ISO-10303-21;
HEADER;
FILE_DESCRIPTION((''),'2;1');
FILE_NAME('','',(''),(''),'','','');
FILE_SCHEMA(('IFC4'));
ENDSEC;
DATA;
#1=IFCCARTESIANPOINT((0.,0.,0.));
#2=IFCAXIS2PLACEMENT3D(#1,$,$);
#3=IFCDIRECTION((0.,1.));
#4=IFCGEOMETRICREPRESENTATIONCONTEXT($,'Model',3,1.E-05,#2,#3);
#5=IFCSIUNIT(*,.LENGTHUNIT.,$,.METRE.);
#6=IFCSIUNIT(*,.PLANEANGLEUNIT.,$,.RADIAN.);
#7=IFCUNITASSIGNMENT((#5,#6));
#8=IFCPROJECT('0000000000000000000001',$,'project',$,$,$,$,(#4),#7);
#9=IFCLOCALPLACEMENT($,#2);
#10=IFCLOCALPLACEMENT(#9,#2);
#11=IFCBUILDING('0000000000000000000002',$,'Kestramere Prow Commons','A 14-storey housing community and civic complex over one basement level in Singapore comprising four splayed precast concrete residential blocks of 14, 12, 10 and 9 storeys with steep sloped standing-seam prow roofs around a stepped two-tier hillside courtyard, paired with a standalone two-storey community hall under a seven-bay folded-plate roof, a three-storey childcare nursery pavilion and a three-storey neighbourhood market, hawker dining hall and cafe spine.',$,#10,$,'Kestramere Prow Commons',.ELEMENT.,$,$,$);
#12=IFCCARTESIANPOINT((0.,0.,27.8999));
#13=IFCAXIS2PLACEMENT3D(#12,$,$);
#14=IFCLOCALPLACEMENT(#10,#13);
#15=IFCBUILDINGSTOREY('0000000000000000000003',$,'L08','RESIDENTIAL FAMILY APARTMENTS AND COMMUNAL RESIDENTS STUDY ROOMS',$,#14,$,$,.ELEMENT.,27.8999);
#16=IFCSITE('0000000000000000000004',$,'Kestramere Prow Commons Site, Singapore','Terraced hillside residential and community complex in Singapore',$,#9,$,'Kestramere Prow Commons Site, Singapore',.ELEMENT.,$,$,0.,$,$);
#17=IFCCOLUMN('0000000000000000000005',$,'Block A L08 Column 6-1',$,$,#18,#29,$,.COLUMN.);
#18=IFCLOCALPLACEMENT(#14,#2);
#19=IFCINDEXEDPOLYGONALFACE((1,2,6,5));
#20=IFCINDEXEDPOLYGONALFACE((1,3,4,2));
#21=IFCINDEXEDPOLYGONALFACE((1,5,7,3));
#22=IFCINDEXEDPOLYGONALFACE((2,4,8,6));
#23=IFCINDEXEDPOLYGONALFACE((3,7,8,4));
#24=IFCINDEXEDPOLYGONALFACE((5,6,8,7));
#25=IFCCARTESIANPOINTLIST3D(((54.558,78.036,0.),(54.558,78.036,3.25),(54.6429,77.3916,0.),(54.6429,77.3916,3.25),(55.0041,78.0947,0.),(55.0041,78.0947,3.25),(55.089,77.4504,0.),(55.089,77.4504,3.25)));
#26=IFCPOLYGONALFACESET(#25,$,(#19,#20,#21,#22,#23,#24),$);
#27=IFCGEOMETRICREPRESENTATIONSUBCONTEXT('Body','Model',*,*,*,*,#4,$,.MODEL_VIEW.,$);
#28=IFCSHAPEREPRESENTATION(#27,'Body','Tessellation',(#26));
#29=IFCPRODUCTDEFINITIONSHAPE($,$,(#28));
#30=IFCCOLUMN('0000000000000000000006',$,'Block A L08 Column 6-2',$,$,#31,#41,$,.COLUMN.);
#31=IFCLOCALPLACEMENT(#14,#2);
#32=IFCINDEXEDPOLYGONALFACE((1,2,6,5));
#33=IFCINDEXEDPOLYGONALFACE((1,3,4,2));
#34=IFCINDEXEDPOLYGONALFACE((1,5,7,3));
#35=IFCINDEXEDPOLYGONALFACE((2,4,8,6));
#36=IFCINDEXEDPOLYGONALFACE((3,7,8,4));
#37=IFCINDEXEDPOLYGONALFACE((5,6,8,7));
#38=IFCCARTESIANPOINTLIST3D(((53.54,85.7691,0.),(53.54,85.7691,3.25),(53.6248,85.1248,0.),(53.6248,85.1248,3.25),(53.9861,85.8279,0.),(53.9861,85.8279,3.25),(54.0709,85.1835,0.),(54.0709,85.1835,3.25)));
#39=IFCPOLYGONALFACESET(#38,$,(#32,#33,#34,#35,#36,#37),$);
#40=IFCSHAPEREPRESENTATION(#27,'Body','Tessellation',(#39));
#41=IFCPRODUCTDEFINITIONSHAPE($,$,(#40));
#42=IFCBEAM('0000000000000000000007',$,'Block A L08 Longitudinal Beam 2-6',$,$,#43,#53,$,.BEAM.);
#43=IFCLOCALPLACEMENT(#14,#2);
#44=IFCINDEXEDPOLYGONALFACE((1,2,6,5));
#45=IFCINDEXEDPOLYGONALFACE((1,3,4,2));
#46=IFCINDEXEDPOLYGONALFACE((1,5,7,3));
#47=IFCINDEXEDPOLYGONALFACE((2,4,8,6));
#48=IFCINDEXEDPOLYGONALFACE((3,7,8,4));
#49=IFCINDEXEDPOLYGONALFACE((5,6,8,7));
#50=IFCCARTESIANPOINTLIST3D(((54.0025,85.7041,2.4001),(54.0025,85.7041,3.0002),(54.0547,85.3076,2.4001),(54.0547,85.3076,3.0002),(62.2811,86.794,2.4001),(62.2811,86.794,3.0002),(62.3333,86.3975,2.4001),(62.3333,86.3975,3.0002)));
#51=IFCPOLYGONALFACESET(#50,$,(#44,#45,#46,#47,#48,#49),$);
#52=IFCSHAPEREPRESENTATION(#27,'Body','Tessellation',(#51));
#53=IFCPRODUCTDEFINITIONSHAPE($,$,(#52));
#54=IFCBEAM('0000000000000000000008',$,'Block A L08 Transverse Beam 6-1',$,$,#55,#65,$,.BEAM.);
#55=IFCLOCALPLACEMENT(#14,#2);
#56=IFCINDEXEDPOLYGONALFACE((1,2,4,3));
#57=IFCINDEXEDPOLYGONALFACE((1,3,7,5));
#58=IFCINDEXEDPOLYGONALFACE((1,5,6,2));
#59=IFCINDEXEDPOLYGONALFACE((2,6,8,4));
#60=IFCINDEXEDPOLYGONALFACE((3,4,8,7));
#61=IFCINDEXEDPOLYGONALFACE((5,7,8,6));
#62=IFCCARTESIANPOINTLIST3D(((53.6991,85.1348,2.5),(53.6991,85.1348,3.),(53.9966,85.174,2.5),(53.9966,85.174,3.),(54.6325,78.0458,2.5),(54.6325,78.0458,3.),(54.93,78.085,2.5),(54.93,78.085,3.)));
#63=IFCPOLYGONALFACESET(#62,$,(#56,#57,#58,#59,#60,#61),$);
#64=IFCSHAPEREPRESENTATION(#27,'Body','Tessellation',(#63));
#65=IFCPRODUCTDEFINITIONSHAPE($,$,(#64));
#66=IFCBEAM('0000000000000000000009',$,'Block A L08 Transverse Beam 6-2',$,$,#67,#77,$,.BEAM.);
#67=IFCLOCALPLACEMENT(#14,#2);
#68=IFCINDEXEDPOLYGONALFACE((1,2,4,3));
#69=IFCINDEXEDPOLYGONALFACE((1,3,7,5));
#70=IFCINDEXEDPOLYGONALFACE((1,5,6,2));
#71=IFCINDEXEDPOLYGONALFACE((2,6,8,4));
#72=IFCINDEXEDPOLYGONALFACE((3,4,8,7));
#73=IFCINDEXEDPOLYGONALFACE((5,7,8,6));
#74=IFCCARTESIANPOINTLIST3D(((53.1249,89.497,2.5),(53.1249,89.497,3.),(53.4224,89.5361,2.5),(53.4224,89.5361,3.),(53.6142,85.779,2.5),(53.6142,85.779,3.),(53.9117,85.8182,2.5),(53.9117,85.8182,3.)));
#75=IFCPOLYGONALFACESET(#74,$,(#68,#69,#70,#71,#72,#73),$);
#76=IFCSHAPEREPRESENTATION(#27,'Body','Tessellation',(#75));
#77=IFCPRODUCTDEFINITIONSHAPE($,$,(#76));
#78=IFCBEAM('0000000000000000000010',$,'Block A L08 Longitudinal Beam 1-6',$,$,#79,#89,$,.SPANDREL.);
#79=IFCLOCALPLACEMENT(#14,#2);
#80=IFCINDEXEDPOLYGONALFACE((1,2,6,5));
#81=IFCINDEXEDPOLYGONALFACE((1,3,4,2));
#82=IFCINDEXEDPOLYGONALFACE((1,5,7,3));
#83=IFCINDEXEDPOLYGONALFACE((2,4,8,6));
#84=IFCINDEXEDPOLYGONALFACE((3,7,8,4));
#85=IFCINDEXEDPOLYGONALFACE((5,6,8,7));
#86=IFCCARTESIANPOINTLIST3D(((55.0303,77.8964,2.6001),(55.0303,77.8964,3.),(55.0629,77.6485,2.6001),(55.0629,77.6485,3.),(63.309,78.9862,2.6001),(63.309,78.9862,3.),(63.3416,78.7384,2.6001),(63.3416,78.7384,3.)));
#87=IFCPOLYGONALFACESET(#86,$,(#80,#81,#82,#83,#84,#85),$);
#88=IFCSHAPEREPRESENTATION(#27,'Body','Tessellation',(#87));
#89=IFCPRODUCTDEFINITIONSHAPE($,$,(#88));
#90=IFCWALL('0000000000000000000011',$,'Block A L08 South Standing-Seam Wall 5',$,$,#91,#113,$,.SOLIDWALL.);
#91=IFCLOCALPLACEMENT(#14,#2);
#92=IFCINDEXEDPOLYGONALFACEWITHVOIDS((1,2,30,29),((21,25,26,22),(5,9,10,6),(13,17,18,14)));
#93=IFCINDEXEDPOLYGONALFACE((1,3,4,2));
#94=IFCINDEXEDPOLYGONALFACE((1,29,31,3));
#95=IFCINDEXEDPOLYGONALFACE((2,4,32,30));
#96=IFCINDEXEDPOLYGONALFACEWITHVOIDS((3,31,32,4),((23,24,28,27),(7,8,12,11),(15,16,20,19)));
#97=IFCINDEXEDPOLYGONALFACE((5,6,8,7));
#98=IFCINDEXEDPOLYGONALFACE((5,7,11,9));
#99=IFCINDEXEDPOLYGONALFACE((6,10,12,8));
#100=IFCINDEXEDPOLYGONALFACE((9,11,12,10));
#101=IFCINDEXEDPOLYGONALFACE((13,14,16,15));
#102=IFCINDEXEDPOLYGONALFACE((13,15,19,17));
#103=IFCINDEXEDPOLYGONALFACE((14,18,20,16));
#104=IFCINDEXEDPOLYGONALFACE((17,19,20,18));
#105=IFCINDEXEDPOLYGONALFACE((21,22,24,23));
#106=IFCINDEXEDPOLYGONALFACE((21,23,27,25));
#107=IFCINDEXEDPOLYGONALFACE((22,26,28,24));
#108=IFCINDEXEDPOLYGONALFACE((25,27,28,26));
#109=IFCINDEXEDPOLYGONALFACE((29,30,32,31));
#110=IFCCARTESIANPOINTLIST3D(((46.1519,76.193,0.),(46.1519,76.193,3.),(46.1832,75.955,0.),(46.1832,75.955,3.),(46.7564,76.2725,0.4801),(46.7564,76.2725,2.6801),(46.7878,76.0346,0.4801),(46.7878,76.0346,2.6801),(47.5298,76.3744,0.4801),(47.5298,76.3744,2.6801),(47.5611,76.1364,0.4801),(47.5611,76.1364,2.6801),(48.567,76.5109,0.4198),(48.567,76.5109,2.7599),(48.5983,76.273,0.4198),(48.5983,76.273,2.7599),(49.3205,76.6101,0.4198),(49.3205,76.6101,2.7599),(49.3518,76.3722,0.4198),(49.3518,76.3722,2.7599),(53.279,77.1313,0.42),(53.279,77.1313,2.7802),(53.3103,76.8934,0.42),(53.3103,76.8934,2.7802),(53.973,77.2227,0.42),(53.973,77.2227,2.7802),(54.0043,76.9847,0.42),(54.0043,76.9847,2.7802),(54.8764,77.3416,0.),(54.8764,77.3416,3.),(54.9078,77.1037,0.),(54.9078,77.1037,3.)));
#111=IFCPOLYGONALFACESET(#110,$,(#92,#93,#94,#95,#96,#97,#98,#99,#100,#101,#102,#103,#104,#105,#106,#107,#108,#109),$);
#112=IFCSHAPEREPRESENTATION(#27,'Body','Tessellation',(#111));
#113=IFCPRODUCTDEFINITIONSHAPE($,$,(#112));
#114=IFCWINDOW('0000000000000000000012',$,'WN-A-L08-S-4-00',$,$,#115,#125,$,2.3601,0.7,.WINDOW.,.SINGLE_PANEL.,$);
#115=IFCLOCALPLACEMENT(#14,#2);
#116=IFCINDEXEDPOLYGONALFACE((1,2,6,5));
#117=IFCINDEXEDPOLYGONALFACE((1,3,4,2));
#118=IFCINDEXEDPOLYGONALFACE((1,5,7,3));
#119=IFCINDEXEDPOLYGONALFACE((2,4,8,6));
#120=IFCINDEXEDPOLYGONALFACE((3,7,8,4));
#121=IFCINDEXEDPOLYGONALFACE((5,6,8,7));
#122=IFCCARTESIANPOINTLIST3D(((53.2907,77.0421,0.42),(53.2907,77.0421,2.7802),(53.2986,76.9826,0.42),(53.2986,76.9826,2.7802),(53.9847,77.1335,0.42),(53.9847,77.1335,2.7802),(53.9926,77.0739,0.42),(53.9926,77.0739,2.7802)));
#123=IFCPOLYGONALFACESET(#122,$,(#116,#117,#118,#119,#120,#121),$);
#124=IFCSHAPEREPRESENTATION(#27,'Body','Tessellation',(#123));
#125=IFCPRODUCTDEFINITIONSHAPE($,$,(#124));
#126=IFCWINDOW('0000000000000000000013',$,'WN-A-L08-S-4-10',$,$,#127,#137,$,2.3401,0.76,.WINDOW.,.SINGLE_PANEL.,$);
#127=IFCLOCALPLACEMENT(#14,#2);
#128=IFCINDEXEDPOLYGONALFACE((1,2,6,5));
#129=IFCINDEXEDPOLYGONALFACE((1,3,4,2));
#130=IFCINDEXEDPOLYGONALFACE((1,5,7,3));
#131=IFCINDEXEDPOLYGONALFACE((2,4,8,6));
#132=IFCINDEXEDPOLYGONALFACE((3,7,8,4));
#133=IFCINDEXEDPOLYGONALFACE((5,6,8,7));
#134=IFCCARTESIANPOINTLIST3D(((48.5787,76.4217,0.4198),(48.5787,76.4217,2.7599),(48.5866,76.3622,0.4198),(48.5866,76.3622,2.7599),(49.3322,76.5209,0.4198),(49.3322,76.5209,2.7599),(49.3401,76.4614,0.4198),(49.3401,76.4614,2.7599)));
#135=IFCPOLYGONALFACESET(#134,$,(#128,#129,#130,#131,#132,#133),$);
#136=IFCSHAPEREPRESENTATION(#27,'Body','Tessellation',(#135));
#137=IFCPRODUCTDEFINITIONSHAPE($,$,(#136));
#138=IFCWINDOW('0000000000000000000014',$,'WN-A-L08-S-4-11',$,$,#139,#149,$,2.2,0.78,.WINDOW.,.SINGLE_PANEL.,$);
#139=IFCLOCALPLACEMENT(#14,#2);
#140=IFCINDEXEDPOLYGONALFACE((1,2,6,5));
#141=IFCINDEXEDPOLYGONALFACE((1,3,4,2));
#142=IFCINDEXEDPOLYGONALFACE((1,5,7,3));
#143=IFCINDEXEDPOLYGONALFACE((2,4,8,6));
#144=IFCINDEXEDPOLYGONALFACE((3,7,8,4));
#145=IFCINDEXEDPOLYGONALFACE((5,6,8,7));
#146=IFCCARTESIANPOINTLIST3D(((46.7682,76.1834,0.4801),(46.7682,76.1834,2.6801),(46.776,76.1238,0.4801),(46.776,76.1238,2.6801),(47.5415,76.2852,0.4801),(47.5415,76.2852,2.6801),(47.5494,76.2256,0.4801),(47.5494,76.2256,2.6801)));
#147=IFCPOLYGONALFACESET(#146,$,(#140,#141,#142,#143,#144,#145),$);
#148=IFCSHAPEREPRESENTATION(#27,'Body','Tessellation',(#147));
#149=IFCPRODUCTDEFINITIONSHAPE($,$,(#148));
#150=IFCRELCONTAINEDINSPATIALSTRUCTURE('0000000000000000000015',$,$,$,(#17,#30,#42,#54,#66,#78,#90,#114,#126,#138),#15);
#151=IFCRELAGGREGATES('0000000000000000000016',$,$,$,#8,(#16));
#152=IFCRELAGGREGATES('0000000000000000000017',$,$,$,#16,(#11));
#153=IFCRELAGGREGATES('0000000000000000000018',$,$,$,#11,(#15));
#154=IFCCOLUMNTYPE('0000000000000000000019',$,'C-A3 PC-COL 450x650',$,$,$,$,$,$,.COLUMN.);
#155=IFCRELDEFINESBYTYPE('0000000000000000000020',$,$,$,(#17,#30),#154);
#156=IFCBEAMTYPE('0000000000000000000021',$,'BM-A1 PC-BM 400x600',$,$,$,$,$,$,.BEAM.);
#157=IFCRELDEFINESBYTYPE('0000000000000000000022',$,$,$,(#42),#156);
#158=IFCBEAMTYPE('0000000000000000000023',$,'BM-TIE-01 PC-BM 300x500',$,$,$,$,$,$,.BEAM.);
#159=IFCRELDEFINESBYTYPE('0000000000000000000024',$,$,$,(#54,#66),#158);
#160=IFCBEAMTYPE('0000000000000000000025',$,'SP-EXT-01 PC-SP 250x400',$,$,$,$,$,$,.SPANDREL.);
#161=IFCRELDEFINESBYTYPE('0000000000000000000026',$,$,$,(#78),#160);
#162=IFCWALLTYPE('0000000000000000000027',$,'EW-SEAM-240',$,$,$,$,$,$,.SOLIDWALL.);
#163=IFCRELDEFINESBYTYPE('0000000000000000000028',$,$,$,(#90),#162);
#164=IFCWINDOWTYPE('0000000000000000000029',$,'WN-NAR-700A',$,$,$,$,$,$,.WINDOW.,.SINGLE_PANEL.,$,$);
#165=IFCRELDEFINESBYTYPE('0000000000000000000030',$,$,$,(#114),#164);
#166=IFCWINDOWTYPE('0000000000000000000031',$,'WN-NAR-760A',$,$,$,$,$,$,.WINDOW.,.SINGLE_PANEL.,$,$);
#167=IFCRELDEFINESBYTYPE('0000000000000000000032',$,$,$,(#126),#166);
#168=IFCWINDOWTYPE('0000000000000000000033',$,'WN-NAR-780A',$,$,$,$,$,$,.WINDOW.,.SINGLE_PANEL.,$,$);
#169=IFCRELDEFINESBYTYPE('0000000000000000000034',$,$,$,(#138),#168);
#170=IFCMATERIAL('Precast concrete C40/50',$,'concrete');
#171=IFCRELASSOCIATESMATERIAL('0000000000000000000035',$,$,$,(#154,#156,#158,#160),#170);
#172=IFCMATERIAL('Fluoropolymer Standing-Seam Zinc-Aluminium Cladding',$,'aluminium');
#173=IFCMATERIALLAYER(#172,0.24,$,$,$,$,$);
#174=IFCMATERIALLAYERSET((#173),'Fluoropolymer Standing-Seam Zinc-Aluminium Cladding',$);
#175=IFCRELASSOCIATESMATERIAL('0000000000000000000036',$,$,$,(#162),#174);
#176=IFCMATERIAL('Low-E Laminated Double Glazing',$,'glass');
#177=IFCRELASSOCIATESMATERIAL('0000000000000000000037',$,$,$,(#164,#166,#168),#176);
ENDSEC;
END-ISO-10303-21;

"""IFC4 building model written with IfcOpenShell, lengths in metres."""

from ifc_helpers import new_model, si_unit, direction, frame, frame_2d, origin, origin_2d, place, context, subcontext, project, spatial, rectangle, extrude, material, layer, layer_set, material_profile, profile_set, type_object, element, fill, save


model = new_model("IFC4")

# Units and contexts
model_context = context("Model", 3, precision=1e-05, world=origin(), true_north=direction((0.0, 1.0)))
body_context = subcontext(model_context, "Body", "Model", "MODEL_VIEW")
ifc_project = project(units=[si_unit("LENGTHUNIT", "METRE"), si_unit("PLANEANGLEUNIT", "RADIAN")], contexts=[model_context])

# Site, building, storey
site_placement = place(None, origin())
site = spatial("IfcSite", under=ifc_project, at=site_placement, Name="Kestramere Prow Commons Site, Singapore", Description="Terraced hillside residential and community complex in Singapore", LongName="Kestramere Prow Commons Site, Singapore", CompositionType="ELEMENT", RefElevation=0.0)
building_placement = place(site_placement, origin())
building = spatial("IfcBuilding", under=site, at=building_placement, Name="Kestramere Prow Commons", Description="A 14-storey housing community and civic complex over one basement level in Singapore comprising four splayed precast concrete residential blocks of 14, 12, 10 and 9 storeys with steep sloped standing-seam prow roofs around a stepped two-tier hillside courtyard, paired with a standalone two-storey community hall under a seven-bay folded-plate roof, a three-storey childcare nursery pavilion and a three-storey neighbourhood market, hawker dining hall and cafe spine.", LongName="Kestramere Prow Commons", CompositionType="ELEMENT")
storey_placement = place(building_placement, frame((0.0, 0.0, 27.8999)))
storey = spatial("IfcBuildingStorey", under=building, at=storey_placement, Name="L08", Description="RESIDENTIAL FAMILY APARTMENTS AND COMMUNAL RESIDENTS STUDY ROOMS", CompositionType="ELEMENT", Elevation=27.8999)

# Columns
ifc_material_1 = material(Name="Precast concrete C40/50", Category="concrete")
ifc_material_profile_1 = material_profile(ifc_material_1, rectangle(XDim=0.45, YDim=0.6499, at=origin_2d()), Name="PC-COL 450x650")
ifc_profile_set_1 = profile_set([ifc_material_profile_1], Name="Precast concrete C40/50")
column_type = type_object("IfcColumnType", Name="C-A3 PC-COL 450x650", PredefinedType="COLUMN", material=ifc_profile_set_1)
for number, where, z_axis, x_axis, name in (
    (1, (54.8235, 77.7432, 0.0), (0.0, 0.0, 1.0), (0.991445, 0.130526, 0.0), "Block A L08 Column 6-1"),
    (2, (53.8054, 85.4763, 0.0), (0.0, 0.0, 1.0), (0.991445, 0.130526, 0.0), "Block A L08 Column 6-2"),
):
    element("IfcColumn", number, at=place(storey_placement, frame(where, z_axis=z_axis, x_axis=x_axis)), inside=storey, type_object=column_type, Name=name, PredefinedType="COLUMN", context=body_context, shape_type="SweptSolid", body=[
        extrude(rectangle(XDim=0.45, YDim=0.6499, at=origin_2d()), origin(), (0.0, 0.0, 1.0), 3.25),
    ])

# Beams
ifc_material_profile_2 = material_profile(ifc_material_1, rectangle(XDim=0.3999, YDim=0.6001, at=origin_2d()), Name="PC-BM 400x600")
ifc_profile_set_2 = profile_set([ifc_material_profile_2], Name="Precast concrete C40/50")
beam_type_1 = type_object("IfcBeamType", Name="BM-A1 PC-BM 400x600", PredefinedType="BEAM", material=ifc_profile_set_2)
beam_1_placement = place(storey_placement, frame((54.0286, 85.5059, 2.7002), z_axis=(0.991446, 0.13052, 0.0), x_axis=(-0.13052, 0.991446, 0.0)))
element("IfcBeam", 3, at=beam_1_placement, inside=storey, type_object=beam_type_1, Name="Block A L08 Longitudinal Beam 2-6", PredefinedType="BEAM", context=body_context, shape_type="SweptSolid", body=[
    extrude(rectangle(XDim=0.3999, YDim=0.6001, at=origin_2d()), origin(), (0.0, 0.0, 1.0), 8.3501),
])
ifc_material_profile_3 = material_profile(ifc_material_1, rectangle(XDim=0.3, YDim=0.5, at=origin_2d()), Name="PC-BM 300x500")
ifc_profile_set_3 = profile_set([ifc_material_profile_3], Name="Precast concrete C40/50")
beam_type_2 = type_object("IfcBeamType", Name="BM-TIE-01 PC-BM 300x500", PredefinedType="BEAM", material=ifc_profile_set_3)
beam_2_placement = place(storey_placement, frame((54.7812, 78.0654, 2.75), z_axis=(-0.130538, 0.991443, 0.0), x_axis=(-0.991443, -0.130538, 0.0)))
element("IfcBeam", 4, at=beam_2_placement, inside=storey, type_object=beam_type_2, Name="Block A L08 Transverse Beam 6-1", PredefinedType="BEAM", context=body_context, shape_type="SweptSolid", body=[
    extrude(rectangle(XDim=0.3, YDim=0.5, at=origin_2d()), origin(), (0.0, 0.0, 1.0), 7.1501),
])
beam_3_placement = place(storey_placement, frame((53.7629, 85.7986, 2.75), z_axis=(-0.130466, 0.991453, 0.0), x_axis=(-0.991453, -0.130466, 0.0)))
element("IfcBeam", 5, at=beam_3_placement, inside=storey, type_object=beam_type_2, Name="Block A L08 Transverse Beam 6-2", PredefinedType="BEAM", context=body_context, shape_type="SweptSolid", body=[
    extrude(rectangle(XDim=0.3, YDim=0.5, at=origin_2d()), origin(), (0.0, 0.0, 1.0), 3.75),
])
ifc_material_profile_4 = material_profile(ifc_material_1, rectangle(XDim=0.25, YDim=0.3999, at=origin_2d()), Name="PC-SP 250x400")
ifc_profile_set_4 = profile_set([ifc_material_profile_4], Name="Precast concrete C40/50")
beam_type_3 = type_object("IfcBeamType", Name="SP-EXT-01 PC-SP 250x400", PredefinedType="SPANDREL", material=ifc_profile_set_4)
beam_4_placement = place(storey_placement, frame((55.0466, 77.7725, 2.8), z_axis=(0.991446, 0.13052, 0.0), x_axis=(-0.13052, 0.991446, 0.0)))
element("IfcBeam", 6, at=beam_4_placement, inside=storey, type_object=beam_type_3, Name="Block A L08 Longitudinal Beam 1-6", PredefinedType="SPANDREL", context=body_context, shape_type="SweptSolid", body=[
    extrude(rectangle(XDim=0.25, YDim=0.3999, at=origin_2d()), origin(), (0.0, 0.0, 1.0), 8.3501),
])

# Wall, openings, windows
ifc_material_2 = material(Name="Fluoropolymer Standing-Seam Zinc-Aluminium Cladding", Category="aluminium")
ifc_layer_1 = layer(ifc_material_2, 0.24)
ifc_layer_set_1 = layer_set([ifc_layer_1], Name="Fluoropolymer Standing-Seam Zinc-Aluminium Cladding")
wall_type_1 = type_object("IfcWallType", Name="EW-SEAM-240", PredefinedType="SOLIDWALL", material=ifc_layer_set_1)
wall_1_placement = place(storey_placement, frame((54.8921, 77.2227, 0.0), z_axis=(0.0, 0.0, 1.0), x_axis=(-0.991444, -0.130533, 0.0)))
wall_1 = element("IfcWall", 7, at=wall_1_placement, inside=storey, type_object=wall_type_1, Name="Block A L08 South Standing-Seam Wall 5", PredefinedType="SOLIDWALL", context=body_context, shape_type="SweptSolid", body=[
    extrude(rectangle(XDim=8.7998, YDim=0.24, at=frame_2d((4.3999, 0.0))), origin(), (0.0, 0.0, 1.0), 3.0),
])
opening_1_placement = place(wall_1_placement, frame((0.9111, 0.0, 0.4199)))
opening_1 = element("IfcOpeningElement", 8, at=opening_1_placement, cuts=wall_1, PredefinedType="OPENING", context=body_context, shape_type="SweptSolid", body=[
    extrude(rectangle(XDim=0.7, YDim=2.3601, at=frame_2d((0.3501, 1.1802))), frame((0.0, 0.135, 0.0), z_axis=(0.0, -1.0, 0.0), x_axis=(1.0, 0.0, 0.0)), (0.0, 0.0, 1.0), 0.27),
])
opening_2_placement = place(wall_1_placement, frame((5.604, 0.0, 0.4199)))
opening_2 = element("IfcOpeningElement", 9, at=opening_2_placement, cuts=wall_1, PredefinedType="OPENING", context=body_context, shape_type="SweptSolid", body=[
    extrude(rectangle(XDim=0.76, YDim=2.3401, at=frame_2d((0.3799, 1.1699))), frame((0.0, 0.135, 0.0), z_axis=(0.0, -1.0, 0.0), x_axis=(1.0, 0.0, 0.0)), (0.0, 0.0, 1.0), 0.27),
])
opening_3_placement = place(wall_1_placement, frame((7.4099, 0.0, 0.48)))
opening_3 = element("IfcOpeningElement", 10, at=opening_3_placement, cuts=wall_1, PredefinedType="OPENING", context=body_context, shape_type="SweptSolid", body=[
    extrude(rectangle(XDim=0.78, YDim=2.2, at=frame_2d((0.3901, 1.1001))), frame((0.0, 0.135, 0.0), z_axis=(0.0, -1.0, 0.0), x_axis=(1.0, 0.0, 0.0)), (0.0, 0.0, 1.0), 0.27),
])
ifc_material_3 = material(Name="Low-E Laminated Double Glazing", Category="glass")
window_type_1 = type_object("IfcWindowType", Name="WN-NAR-700A", PartitioningType="SINGLE_PANEL", PredefinedType="WINDOW", material=ifc_material_3)
window_1_placement = place(opening_1_placement, origin())
window_1 = element("IfcWindow", 11, at=window_1_placement, inside=storey, type_object=window_type_1, Name="WN-A-L08-S-4-00", OverallHeight=2.3601, OverallWidth=0.7, PartitioningType="SINGLE_PANEL", PredefinedType="WINDOW", context=body_context, shape_type="SweptSolid", body=[
    extrude(rectangle(XDim=0.7, YDim=2.3601, at=frame_2d((0.3501, 1.1802))), frame((0.0, 0.03, 0.0), z_axis=(0.0, -1.0, 0.0), x_axis=(1.0, 0.0, 0.0)), (0.0, 0.0, 1.0), 0.0601),
])
fill(opening_1, window_1)
window_type_2 = type_object("IfcWindowType", Name="WN-NAR-760A", PartitioningType="SINGLE_PANEL", PredefinedType="WINDOW", material=ifc_material_3)
window_2_placement = place(opening_2_placement, origin())
window_2 = element("IfcWindow", 12, at=window_2_placement, inside=storey, type_object=window_type_2, Name="WN-A-L08-S-4-10", OverallHeight=2.3401, OverallWidth=0.76, PartitioningType="SINGLE_PANEL", PredefinedType="WINDOW", context=body_context, shape_type="SweptSolid", body=[
    extrude(rectangle(XDim=0.76, YDim=2.3401, at=frame_2d((0.3799, 1.1699))), frame((0.0, 0.03, 0.0), z_axis=(0.0, -1.0, 0.0), x_axis=(1.0, 0.0, 0.0)), (0.0, 0.0, 1.0), 0.0601),
])
fill(opening_2, window_2)
window_type_3 = type_object("IfcWindowType", Name="WN-NAR-780A", PartitioningType="SINGLE_PANEL", PredefinedType="WINDOW", material=ifc_material_3)
window_3_placement = place(opening_3_placement, origin())
window_3 = element("IfcWindow", 13, at=window_3_placement, inside=storey, type_object=window_type_3, Name="WN-A-L08-S-4-11", OverallHeight=2.2, OverallWidth=0.78, PartitioningType="SINGLE_PANEL", PredefinedType="WINDOW", context=body_context, shape_type="SweptSolid", body=[
    extrude(rectangle(XDim=0.78, YDim=2.2, at=frame_2d((0.3901, 1.1001))), frame((0.0, 0.03, 0.0), z_axis=(0.0, -1.0, 0.0), x_axis=(1.0, 0.0, 0.0)), (0.0, 0.0, 1.0), 0.0601),
])
fill(opening_3, window_3)

save(model, "model.ifc")
